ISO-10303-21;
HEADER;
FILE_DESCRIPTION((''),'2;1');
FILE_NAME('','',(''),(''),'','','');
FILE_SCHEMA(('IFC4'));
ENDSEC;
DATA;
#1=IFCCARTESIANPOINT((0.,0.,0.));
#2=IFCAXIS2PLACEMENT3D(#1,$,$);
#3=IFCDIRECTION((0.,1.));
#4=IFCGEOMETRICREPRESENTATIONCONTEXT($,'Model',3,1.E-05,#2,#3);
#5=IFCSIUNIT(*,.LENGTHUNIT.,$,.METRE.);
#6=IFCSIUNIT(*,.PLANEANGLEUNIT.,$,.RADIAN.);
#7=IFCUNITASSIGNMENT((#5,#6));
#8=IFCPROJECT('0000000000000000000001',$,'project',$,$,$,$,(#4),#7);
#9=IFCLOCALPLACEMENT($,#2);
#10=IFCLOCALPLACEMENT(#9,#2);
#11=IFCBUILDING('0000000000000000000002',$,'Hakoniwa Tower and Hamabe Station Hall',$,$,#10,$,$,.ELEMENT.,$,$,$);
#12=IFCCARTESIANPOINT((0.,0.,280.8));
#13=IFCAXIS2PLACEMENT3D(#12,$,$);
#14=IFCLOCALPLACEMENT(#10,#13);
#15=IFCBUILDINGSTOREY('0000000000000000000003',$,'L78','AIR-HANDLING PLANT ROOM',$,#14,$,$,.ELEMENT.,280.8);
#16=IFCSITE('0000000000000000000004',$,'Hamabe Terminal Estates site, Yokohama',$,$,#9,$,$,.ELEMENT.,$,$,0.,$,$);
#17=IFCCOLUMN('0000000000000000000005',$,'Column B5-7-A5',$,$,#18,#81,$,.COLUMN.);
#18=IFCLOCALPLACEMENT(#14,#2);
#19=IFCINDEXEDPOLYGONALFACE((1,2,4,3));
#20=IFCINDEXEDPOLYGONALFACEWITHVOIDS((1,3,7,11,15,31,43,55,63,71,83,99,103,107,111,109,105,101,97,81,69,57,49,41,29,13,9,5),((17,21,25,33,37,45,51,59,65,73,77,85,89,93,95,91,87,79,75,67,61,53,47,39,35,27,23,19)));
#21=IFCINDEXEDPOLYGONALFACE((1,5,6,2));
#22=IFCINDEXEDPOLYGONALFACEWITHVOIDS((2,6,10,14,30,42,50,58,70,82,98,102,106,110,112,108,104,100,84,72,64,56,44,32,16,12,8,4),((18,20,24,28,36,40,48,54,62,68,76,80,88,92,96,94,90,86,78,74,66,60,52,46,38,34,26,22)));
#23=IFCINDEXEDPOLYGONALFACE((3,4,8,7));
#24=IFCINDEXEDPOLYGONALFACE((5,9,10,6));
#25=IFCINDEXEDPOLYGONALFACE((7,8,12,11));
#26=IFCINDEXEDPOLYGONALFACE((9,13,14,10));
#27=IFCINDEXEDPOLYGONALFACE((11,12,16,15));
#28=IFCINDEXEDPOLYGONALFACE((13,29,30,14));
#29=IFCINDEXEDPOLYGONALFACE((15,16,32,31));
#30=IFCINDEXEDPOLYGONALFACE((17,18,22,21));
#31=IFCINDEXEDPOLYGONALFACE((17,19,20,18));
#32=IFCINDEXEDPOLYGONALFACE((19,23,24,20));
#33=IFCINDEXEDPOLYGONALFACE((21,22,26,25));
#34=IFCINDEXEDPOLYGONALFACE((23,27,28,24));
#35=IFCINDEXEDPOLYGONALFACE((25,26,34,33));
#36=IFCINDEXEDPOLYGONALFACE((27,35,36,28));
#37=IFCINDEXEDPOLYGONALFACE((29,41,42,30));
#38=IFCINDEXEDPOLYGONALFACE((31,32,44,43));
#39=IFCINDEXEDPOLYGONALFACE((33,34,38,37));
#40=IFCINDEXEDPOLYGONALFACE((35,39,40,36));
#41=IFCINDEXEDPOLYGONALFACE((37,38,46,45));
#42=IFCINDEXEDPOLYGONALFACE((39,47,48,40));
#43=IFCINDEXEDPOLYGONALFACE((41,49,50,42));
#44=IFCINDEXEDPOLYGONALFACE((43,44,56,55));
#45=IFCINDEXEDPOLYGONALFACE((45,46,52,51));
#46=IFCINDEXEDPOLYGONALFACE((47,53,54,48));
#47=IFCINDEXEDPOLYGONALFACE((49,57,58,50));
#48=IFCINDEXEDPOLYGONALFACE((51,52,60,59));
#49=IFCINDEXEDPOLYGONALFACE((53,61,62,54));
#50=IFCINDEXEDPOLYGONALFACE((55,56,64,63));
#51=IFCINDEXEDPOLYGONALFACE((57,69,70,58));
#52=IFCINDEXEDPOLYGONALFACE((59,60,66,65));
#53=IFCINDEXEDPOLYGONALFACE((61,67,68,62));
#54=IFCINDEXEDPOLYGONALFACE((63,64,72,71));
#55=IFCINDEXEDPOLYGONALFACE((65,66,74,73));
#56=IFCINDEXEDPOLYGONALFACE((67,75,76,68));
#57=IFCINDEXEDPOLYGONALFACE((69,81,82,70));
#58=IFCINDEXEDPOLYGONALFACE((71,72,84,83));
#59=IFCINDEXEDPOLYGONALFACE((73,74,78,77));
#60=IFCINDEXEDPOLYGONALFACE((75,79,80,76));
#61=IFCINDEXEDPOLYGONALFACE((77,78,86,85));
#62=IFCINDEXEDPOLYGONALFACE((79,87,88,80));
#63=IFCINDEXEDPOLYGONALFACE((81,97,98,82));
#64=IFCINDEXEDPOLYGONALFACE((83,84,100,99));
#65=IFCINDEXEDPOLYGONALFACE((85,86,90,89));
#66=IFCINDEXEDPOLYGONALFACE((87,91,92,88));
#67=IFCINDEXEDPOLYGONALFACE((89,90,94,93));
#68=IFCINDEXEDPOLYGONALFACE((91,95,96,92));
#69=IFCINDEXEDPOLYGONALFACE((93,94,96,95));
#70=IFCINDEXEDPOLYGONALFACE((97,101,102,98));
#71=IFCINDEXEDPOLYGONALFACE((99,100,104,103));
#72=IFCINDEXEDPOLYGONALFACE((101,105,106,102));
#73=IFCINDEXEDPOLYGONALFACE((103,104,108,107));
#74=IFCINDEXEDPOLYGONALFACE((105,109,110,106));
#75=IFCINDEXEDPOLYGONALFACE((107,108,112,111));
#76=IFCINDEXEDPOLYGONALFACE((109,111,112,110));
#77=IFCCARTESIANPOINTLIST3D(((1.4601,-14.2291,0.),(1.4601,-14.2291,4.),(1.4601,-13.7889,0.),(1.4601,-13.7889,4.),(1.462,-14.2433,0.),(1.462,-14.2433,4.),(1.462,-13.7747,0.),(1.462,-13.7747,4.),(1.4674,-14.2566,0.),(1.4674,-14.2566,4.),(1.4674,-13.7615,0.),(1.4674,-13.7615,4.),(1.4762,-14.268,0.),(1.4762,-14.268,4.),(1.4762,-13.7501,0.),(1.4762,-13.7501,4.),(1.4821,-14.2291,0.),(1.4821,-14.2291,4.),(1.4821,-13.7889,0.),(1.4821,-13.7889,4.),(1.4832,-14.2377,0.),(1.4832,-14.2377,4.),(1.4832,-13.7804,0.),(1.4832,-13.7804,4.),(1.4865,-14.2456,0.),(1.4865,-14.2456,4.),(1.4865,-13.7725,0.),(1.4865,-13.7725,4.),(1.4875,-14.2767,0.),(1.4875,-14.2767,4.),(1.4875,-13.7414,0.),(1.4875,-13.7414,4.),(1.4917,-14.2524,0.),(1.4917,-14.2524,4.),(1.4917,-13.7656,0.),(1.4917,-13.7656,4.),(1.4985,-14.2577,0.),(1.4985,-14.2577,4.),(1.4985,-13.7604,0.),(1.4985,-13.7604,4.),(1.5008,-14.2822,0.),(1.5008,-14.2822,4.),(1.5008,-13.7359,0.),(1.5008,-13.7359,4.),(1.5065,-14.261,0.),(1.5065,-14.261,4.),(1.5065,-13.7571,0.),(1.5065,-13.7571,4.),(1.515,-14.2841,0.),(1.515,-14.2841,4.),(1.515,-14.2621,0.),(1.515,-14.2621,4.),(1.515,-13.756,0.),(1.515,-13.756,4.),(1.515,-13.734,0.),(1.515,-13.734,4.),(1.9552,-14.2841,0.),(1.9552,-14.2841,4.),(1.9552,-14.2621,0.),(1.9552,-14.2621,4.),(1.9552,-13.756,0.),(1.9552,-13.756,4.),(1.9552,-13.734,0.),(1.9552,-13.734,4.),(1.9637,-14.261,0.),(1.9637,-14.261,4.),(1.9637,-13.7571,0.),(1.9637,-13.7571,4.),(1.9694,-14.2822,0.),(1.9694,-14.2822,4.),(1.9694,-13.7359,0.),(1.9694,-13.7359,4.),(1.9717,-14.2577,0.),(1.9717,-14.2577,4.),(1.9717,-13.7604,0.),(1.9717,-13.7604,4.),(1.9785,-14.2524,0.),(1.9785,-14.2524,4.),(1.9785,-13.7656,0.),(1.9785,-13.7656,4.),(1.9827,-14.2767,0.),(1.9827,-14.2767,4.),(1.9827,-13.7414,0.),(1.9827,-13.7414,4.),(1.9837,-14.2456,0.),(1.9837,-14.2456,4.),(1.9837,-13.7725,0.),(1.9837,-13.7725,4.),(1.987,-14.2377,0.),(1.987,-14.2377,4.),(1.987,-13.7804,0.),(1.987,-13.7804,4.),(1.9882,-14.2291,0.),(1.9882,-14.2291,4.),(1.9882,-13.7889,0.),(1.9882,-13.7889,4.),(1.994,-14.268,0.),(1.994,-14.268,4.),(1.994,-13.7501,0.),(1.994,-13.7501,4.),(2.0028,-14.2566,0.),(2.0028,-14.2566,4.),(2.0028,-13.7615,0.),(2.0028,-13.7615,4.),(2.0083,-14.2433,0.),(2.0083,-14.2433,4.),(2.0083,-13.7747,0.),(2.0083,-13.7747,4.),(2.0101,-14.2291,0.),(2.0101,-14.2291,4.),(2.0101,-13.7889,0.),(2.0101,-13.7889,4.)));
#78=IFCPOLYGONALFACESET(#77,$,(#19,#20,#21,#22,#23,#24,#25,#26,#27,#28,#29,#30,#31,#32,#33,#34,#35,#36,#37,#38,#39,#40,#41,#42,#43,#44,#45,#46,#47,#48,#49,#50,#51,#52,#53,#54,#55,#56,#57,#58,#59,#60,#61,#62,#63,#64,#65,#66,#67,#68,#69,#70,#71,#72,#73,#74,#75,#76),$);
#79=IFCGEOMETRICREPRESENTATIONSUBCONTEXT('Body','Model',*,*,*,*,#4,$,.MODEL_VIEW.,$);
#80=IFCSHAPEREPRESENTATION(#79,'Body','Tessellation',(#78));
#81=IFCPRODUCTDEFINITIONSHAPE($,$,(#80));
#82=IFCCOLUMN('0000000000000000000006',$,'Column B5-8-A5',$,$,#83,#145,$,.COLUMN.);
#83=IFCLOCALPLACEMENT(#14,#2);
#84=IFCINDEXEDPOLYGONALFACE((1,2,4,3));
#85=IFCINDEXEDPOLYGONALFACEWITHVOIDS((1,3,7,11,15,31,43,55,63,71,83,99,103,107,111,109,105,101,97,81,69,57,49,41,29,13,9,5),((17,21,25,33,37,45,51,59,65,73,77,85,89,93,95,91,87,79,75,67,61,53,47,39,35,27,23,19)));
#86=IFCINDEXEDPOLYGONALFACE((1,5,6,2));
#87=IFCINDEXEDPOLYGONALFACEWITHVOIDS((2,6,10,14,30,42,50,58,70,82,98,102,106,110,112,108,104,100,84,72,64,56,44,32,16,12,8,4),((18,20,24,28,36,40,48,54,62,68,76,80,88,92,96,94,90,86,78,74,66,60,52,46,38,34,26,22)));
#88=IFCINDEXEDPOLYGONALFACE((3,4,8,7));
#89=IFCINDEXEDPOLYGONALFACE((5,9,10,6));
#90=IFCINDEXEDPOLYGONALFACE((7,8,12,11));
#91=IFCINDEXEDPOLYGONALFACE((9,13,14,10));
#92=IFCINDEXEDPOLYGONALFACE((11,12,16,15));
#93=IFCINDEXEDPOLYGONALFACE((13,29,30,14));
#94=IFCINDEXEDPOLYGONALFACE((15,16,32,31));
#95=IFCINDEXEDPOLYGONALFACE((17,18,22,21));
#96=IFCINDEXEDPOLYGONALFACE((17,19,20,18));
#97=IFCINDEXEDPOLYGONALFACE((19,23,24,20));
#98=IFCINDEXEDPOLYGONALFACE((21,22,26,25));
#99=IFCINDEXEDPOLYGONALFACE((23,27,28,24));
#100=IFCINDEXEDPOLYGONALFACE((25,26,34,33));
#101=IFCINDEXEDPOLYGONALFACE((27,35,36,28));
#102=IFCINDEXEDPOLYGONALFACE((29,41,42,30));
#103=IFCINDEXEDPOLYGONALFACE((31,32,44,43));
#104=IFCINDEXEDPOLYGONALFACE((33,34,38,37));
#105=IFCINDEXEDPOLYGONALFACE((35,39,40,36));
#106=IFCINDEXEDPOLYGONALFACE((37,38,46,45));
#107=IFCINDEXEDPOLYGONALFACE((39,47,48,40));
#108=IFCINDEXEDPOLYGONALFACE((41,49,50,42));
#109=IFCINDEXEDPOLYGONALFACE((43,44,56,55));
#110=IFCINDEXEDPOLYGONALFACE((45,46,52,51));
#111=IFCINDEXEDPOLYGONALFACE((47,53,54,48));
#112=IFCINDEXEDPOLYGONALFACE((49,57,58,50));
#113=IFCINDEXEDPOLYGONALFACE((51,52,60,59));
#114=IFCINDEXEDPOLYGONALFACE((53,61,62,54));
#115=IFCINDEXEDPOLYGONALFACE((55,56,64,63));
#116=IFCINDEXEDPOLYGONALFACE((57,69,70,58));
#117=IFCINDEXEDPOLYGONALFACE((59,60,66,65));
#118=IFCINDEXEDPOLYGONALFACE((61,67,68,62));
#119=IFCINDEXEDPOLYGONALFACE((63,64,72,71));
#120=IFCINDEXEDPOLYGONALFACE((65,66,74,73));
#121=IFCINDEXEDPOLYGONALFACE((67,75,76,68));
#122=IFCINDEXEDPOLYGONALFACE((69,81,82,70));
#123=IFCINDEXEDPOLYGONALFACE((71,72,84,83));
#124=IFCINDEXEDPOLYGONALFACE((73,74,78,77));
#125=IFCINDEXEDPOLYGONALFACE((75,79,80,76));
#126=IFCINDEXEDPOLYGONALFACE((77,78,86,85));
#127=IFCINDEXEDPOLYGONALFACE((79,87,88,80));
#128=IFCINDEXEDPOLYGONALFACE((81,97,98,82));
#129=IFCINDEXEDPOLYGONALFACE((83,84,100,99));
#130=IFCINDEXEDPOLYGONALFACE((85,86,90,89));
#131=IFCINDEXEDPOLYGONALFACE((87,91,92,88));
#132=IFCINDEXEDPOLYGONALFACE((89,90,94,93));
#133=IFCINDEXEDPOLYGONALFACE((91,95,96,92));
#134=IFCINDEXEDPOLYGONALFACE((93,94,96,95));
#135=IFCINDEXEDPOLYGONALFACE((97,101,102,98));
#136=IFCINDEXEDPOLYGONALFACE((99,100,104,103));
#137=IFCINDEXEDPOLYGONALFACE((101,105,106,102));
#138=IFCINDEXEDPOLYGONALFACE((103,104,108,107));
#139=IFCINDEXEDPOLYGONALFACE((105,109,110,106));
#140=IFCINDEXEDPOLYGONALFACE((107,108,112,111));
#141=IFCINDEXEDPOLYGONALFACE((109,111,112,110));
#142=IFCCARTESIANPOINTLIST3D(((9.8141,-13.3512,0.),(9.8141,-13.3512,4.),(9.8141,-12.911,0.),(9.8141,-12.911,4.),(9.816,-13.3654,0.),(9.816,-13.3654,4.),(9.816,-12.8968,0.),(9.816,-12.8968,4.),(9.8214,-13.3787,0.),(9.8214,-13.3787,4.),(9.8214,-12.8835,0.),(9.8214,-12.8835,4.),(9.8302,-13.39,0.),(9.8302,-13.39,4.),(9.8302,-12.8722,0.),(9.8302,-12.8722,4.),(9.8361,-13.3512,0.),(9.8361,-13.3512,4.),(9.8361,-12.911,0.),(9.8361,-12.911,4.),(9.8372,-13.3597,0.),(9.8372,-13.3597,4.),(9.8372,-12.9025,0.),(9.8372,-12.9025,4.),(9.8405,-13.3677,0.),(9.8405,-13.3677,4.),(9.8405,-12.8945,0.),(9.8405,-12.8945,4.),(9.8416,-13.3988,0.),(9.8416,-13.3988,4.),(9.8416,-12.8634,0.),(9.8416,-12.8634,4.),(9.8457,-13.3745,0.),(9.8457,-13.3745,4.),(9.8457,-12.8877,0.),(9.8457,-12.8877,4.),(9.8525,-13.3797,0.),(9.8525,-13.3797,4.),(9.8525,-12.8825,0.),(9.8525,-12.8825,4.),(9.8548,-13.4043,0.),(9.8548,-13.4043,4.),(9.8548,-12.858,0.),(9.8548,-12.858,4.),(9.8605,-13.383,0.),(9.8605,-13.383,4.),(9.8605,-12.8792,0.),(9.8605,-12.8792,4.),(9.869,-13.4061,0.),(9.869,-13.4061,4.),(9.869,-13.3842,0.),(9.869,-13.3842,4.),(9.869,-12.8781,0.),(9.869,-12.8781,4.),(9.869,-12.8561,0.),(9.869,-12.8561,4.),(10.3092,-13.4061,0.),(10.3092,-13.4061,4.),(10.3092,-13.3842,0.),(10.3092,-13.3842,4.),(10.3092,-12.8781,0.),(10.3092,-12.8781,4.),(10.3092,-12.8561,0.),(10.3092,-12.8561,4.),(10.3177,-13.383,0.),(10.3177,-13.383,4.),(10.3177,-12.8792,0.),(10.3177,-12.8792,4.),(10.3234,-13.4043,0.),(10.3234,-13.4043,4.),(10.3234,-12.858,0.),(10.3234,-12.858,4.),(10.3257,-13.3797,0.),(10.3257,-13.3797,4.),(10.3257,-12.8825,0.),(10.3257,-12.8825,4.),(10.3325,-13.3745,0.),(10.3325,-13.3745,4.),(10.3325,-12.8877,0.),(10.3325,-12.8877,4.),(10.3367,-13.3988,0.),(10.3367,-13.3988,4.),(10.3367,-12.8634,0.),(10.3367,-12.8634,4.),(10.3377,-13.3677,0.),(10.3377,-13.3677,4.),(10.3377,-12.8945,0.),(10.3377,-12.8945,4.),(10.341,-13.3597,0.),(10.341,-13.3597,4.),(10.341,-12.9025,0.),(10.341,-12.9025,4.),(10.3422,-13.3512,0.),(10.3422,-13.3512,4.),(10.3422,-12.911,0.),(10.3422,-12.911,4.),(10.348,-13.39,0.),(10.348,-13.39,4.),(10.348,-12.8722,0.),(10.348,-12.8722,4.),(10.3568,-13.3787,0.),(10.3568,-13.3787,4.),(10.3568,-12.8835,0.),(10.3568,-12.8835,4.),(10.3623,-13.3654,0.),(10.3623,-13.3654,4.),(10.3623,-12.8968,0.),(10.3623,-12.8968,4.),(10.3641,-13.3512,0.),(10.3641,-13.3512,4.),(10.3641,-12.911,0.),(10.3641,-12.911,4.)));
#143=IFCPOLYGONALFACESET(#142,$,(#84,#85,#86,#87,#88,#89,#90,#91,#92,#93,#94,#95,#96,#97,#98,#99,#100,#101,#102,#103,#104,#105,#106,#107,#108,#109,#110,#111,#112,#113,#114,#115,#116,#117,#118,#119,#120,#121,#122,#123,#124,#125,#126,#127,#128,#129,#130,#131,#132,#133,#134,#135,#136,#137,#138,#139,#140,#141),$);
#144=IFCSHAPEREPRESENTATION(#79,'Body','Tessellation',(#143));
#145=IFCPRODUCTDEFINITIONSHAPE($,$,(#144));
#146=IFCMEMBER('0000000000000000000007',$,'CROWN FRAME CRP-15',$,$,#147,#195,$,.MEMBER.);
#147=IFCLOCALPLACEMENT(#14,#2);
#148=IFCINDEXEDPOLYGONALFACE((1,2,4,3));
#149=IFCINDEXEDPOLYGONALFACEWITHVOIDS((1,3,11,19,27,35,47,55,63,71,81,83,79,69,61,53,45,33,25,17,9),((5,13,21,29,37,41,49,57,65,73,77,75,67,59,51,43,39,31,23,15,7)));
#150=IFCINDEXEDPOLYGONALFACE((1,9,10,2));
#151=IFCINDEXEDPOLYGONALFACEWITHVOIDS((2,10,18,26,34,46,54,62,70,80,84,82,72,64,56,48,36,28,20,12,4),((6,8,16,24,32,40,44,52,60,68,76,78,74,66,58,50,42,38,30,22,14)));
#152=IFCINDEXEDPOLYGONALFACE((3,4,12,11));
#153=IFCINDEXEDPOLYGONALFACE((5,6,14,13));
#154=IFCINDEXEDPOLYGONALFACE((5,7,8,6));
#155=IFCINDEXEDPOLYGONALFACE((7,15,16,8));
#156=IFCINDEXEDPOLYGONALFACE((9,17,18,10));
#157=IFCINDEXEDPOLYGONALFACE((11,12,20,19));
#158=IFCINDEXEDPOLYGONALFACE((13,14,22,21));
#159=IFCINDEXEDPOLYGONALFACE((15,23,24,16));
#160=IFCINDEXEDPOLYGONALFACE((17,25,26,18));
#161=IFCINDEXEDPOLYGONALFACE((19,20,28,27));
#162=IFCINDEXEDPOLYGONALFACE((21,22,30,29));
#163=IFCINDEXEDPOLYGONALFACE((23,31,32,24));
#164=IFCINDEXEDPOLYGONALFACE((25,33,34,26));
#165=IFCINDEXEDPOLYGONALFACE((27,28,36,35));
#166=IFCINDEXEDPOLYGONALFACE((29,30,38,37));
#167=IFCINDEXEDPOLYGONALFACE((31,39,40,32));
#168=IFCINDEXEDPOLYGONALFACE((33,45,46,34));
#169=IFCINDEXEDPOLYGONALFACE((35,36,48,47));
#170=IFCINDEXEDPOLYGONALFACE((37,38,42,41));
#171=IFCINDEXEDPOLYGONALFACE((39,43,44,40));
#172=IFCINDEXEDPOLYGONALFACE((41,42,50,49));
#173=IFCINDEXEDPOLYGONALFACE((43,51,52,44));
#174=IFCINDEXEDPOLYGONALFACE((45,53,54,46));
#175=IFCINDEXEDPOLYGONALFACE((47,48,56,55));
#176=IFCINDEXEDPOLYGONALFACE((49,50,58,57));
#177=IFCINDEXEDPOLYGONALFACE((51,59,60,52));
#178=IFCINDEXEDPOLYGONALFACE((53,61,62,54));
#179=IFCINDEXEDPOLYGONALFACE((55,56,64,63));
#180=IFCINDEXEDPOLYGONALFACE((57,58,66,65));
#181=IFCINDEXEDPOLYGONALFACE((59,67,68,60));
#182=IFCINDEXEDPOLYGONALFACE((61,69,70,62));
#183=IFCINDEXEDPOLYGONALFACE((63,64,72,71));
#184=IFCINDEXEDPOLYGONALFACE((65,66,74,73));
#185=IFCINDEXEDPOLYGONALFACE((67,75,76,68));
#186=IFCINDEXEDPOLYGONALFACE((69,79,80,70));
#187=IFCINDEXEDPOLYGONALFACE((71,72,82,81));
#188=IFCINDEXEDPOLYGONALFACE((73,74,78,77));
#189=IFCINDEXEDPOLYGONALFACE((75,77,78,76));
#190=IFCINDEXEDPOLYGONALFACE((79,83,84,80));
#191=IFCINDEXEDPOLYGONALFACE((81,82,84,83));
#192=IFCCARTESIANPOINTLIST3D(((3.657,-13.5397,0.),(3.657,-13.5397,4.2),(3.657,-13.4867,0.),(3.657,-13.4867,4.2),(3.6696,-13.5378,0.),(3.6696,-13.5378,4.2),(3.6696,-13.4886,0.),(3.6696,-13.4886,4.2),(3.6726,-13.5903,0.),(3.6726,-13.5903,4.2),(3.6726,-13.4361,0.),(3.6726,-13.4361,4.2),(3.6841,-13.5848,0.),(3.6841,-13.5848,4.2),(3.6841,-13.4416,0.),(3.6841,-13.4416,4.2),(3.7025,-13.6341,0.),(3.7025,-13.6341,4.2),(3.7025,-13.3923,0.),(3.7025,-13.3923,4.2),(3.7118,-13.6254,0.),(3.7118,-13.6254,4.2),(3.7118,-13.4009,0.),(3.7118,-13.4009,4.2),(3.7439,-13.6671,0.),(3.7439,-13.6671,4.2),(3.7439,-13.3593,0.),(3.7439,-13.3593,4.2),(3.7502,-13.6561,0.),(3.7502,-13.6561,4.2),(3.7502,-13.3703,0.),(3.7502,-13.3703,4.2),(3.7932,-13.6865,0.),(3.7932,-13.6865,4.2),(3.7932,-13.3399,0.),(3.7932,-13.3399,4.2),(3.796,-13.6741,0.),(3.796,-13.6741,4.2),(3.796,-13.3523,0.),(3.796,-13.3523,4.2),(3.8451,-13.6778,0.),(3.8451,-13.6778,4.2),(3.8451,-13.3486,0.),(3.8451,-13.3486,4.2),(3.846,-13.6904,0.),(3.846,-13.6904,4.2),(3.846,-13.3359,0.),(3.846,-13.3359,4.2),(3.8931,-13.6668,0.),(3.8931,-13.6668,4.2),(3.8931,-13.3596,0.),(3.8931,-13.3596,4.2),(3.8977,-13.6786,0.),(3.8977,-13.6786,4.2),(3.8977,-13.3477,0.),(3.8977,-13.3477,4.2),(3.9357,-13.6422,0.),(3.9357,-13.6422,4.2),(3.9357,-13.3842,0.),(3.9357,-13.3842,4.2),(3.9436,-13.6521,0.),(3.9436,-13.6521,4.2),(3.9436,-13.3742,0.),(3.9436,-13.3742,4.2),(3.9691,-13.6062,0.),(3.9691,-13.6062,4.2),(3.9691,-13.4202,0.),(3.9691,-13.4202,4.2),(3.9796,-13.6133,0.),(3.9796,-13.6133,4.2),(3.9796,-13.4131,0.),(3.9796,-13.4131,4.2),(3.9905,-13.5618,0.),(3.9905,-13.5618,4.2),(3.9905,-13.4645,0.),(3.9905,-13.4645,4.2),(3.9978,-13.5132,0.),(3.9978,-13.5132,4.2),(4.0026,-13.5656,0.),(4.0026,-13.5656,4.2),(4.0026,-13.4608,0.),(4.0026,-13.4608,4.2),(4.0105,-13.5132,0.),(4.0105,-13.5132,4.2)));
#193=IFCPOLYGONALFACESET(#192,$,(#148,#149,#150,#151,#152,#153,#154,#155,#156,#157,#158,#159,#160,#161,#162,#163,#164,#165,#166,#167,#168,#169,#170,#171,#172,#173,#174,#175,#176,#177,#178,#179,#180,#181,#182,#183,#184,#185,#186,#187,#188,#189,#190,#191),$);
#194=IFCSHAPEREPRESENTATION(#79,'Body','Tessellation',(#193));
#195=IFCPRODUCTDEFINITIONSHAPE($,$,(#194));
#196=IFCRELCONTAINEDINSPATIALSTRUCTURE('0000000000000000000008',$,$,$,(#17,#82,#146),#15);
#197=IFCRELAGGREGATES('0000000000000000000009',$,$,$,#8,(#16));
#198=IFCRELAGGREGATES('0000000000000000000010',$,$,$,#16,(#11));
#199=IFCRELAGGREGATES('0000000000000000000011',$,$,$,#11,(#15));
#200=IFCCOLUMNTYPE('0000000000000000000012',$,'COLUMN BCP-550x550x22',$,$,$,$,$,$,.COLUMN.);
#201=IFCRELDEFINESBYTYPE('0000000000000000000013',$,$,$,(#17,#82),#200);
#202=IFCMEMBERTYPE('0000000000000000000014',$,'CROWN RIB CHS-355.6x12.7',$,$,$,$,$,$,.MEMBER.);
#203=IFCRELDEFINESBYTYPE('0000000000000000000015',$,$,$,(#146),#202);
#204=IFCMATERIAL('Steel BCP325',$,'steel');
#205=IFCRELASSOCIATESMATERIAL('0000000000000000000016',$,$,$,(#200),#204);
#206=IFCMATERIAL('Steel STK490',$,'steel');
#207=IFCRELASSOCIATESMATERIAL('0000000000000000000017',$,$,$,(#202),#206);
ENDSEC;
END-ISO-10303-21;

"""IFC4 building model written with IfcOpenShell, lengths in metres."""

from ifc_helpers import new_model, si_unit, direction, frame, origin, origin_2d, place, context, subcontext, project, spatial, hollow_rectangle, hollow_circle, extrude, material, material_profile, profile_set, type_object, element, save


model = new_model("IFC4")

# Units and contexts
model_context = context("Model", 3, precision=1e-05, world=origin(), true_north=direction((0.0, 1.0)))
body_context = subcontext(model_context, "Body", "Model", "MODEL_VIEW")
ifc_project = project(units=[si_unit("LENGTHUNIT", "METRE"), si_unit("PLANEANGLEUNIT", "RADIAN")], contexts=[model_context])

# Site, building, storey
site_placement = place(None, origin())
site = spatial("IfcSite", under=ifc_project, at=site_placement, Name="Hamabe Terminal Estates site, Yokohama", CompositionType="ELEMENT", RefElevation=0.0)
building_placement = place(site_placement, origin())
building = spatial("IfcBuilding", under=site, at=building_placement, Name="Hakoniwa Tower and Hamabe Station Hall", CompositionType="ELEMENT")
storey_placement = place(building_placement, frame((0.0, 0.0, 280.8)))
storey = spatial("IfcBuildingStorey", under=building, at=storey_placement, Name="L78", Description="AIR-HANDLING PLANT ROOM", CompositionType="ELEMENT", Elevation=280.8)

# Columns
ifc_material_1 = material(Name="Steel BCP325", Category="steel")
ifc_material_profile_1 = material_profile(ifc_material_1, hollow_rectangle(XDim=0.55, YDim=0.55, WallThickness=0.022, InnerFilletRadius=0.033, OuterFilletRadius=0.0549, at=origin_2d()), Name="BCP-550x550x22")
ifc_profile_set_1 = profile_set([ifc_material_profile_1], Name="Steel BCP325")
column_type = type_object("IfcColumnType", Name="COLUMN BCP-550x550x22", PredefinedType="COLUMN", material=ifc_profile_set_1)
for number, where, z_axis, x_axis, name in (
    (1, (1.7351, -14.009, 0.0), (0.0, 0.0, 1.0), (1.0, 0.0, 0.0), "Column B5-7-A5"),
    (2, (10.0891, -13.1311, 0.0), (0.0, 0.0, 1.0), (1.0, 0.0, 0.0), "Column B5-8-A5"),
):
    element("IfcColumn", number, at=place(storey_placement, frame(where, z_axis=z_axis, x_axis=x_axis)), inside=storey, type_object=column_type, Name=name, PredefinedType="COLUMN", context=body_context, shape_type="SweptSolid", body=[
        extrude(hollow_rectangle(XDim=0.55, YDim=0.55, WallThickness=0.022, InnerFilletRadius=0.033, OuterFilletRadius=0.0549, at=origin_2d()), origin(), (0.0, 0.0, 1.0), 4.0),
    ])

# Member
ifc_material_2 = material(Name="Steel STK490", Category="steel")
ifc_material_profile_2 = material_profile(ifc_material_2, hollow_circle(Radius=0.1777, WallThickness=0.0127, at=origin_2d()), Name="CHS-355.6x12.7")
ifc_profile_set_2 = profile_set([ifc_material_profile_2], Name="Steel STK490")
member_type = type_object("IfcMemberType", Name="CROWN RIB CHS-355.6x12.7", PredefinedType="MEMBER", material=ifc_profile_set_2)
for number, where, z_axis, x_axis, name in (
    (3, (3.8328, -13.5132, 0.0), (0.0, 0.0, 1.0), (1.0, 0.0, 0.0), "CROWN FRAME CRP-15"),
):
    element("IfcMember", number, at=place(storey_placement, frame(where, z_axis=z_axis, x_axis=x_axis)), inside=storey, type_object=member_type, Name=name, PredefinedType="MEMBER", context=body_context, shape_type="SweptSolid", body=[
        extrude(hollow_circle(Radius=0.1777, WallThickness=0.0127, at=origin_2d()), origin(), (0.0, 0.0, 1.0), 4.2),
    ])

save(model, "model.ifc")
